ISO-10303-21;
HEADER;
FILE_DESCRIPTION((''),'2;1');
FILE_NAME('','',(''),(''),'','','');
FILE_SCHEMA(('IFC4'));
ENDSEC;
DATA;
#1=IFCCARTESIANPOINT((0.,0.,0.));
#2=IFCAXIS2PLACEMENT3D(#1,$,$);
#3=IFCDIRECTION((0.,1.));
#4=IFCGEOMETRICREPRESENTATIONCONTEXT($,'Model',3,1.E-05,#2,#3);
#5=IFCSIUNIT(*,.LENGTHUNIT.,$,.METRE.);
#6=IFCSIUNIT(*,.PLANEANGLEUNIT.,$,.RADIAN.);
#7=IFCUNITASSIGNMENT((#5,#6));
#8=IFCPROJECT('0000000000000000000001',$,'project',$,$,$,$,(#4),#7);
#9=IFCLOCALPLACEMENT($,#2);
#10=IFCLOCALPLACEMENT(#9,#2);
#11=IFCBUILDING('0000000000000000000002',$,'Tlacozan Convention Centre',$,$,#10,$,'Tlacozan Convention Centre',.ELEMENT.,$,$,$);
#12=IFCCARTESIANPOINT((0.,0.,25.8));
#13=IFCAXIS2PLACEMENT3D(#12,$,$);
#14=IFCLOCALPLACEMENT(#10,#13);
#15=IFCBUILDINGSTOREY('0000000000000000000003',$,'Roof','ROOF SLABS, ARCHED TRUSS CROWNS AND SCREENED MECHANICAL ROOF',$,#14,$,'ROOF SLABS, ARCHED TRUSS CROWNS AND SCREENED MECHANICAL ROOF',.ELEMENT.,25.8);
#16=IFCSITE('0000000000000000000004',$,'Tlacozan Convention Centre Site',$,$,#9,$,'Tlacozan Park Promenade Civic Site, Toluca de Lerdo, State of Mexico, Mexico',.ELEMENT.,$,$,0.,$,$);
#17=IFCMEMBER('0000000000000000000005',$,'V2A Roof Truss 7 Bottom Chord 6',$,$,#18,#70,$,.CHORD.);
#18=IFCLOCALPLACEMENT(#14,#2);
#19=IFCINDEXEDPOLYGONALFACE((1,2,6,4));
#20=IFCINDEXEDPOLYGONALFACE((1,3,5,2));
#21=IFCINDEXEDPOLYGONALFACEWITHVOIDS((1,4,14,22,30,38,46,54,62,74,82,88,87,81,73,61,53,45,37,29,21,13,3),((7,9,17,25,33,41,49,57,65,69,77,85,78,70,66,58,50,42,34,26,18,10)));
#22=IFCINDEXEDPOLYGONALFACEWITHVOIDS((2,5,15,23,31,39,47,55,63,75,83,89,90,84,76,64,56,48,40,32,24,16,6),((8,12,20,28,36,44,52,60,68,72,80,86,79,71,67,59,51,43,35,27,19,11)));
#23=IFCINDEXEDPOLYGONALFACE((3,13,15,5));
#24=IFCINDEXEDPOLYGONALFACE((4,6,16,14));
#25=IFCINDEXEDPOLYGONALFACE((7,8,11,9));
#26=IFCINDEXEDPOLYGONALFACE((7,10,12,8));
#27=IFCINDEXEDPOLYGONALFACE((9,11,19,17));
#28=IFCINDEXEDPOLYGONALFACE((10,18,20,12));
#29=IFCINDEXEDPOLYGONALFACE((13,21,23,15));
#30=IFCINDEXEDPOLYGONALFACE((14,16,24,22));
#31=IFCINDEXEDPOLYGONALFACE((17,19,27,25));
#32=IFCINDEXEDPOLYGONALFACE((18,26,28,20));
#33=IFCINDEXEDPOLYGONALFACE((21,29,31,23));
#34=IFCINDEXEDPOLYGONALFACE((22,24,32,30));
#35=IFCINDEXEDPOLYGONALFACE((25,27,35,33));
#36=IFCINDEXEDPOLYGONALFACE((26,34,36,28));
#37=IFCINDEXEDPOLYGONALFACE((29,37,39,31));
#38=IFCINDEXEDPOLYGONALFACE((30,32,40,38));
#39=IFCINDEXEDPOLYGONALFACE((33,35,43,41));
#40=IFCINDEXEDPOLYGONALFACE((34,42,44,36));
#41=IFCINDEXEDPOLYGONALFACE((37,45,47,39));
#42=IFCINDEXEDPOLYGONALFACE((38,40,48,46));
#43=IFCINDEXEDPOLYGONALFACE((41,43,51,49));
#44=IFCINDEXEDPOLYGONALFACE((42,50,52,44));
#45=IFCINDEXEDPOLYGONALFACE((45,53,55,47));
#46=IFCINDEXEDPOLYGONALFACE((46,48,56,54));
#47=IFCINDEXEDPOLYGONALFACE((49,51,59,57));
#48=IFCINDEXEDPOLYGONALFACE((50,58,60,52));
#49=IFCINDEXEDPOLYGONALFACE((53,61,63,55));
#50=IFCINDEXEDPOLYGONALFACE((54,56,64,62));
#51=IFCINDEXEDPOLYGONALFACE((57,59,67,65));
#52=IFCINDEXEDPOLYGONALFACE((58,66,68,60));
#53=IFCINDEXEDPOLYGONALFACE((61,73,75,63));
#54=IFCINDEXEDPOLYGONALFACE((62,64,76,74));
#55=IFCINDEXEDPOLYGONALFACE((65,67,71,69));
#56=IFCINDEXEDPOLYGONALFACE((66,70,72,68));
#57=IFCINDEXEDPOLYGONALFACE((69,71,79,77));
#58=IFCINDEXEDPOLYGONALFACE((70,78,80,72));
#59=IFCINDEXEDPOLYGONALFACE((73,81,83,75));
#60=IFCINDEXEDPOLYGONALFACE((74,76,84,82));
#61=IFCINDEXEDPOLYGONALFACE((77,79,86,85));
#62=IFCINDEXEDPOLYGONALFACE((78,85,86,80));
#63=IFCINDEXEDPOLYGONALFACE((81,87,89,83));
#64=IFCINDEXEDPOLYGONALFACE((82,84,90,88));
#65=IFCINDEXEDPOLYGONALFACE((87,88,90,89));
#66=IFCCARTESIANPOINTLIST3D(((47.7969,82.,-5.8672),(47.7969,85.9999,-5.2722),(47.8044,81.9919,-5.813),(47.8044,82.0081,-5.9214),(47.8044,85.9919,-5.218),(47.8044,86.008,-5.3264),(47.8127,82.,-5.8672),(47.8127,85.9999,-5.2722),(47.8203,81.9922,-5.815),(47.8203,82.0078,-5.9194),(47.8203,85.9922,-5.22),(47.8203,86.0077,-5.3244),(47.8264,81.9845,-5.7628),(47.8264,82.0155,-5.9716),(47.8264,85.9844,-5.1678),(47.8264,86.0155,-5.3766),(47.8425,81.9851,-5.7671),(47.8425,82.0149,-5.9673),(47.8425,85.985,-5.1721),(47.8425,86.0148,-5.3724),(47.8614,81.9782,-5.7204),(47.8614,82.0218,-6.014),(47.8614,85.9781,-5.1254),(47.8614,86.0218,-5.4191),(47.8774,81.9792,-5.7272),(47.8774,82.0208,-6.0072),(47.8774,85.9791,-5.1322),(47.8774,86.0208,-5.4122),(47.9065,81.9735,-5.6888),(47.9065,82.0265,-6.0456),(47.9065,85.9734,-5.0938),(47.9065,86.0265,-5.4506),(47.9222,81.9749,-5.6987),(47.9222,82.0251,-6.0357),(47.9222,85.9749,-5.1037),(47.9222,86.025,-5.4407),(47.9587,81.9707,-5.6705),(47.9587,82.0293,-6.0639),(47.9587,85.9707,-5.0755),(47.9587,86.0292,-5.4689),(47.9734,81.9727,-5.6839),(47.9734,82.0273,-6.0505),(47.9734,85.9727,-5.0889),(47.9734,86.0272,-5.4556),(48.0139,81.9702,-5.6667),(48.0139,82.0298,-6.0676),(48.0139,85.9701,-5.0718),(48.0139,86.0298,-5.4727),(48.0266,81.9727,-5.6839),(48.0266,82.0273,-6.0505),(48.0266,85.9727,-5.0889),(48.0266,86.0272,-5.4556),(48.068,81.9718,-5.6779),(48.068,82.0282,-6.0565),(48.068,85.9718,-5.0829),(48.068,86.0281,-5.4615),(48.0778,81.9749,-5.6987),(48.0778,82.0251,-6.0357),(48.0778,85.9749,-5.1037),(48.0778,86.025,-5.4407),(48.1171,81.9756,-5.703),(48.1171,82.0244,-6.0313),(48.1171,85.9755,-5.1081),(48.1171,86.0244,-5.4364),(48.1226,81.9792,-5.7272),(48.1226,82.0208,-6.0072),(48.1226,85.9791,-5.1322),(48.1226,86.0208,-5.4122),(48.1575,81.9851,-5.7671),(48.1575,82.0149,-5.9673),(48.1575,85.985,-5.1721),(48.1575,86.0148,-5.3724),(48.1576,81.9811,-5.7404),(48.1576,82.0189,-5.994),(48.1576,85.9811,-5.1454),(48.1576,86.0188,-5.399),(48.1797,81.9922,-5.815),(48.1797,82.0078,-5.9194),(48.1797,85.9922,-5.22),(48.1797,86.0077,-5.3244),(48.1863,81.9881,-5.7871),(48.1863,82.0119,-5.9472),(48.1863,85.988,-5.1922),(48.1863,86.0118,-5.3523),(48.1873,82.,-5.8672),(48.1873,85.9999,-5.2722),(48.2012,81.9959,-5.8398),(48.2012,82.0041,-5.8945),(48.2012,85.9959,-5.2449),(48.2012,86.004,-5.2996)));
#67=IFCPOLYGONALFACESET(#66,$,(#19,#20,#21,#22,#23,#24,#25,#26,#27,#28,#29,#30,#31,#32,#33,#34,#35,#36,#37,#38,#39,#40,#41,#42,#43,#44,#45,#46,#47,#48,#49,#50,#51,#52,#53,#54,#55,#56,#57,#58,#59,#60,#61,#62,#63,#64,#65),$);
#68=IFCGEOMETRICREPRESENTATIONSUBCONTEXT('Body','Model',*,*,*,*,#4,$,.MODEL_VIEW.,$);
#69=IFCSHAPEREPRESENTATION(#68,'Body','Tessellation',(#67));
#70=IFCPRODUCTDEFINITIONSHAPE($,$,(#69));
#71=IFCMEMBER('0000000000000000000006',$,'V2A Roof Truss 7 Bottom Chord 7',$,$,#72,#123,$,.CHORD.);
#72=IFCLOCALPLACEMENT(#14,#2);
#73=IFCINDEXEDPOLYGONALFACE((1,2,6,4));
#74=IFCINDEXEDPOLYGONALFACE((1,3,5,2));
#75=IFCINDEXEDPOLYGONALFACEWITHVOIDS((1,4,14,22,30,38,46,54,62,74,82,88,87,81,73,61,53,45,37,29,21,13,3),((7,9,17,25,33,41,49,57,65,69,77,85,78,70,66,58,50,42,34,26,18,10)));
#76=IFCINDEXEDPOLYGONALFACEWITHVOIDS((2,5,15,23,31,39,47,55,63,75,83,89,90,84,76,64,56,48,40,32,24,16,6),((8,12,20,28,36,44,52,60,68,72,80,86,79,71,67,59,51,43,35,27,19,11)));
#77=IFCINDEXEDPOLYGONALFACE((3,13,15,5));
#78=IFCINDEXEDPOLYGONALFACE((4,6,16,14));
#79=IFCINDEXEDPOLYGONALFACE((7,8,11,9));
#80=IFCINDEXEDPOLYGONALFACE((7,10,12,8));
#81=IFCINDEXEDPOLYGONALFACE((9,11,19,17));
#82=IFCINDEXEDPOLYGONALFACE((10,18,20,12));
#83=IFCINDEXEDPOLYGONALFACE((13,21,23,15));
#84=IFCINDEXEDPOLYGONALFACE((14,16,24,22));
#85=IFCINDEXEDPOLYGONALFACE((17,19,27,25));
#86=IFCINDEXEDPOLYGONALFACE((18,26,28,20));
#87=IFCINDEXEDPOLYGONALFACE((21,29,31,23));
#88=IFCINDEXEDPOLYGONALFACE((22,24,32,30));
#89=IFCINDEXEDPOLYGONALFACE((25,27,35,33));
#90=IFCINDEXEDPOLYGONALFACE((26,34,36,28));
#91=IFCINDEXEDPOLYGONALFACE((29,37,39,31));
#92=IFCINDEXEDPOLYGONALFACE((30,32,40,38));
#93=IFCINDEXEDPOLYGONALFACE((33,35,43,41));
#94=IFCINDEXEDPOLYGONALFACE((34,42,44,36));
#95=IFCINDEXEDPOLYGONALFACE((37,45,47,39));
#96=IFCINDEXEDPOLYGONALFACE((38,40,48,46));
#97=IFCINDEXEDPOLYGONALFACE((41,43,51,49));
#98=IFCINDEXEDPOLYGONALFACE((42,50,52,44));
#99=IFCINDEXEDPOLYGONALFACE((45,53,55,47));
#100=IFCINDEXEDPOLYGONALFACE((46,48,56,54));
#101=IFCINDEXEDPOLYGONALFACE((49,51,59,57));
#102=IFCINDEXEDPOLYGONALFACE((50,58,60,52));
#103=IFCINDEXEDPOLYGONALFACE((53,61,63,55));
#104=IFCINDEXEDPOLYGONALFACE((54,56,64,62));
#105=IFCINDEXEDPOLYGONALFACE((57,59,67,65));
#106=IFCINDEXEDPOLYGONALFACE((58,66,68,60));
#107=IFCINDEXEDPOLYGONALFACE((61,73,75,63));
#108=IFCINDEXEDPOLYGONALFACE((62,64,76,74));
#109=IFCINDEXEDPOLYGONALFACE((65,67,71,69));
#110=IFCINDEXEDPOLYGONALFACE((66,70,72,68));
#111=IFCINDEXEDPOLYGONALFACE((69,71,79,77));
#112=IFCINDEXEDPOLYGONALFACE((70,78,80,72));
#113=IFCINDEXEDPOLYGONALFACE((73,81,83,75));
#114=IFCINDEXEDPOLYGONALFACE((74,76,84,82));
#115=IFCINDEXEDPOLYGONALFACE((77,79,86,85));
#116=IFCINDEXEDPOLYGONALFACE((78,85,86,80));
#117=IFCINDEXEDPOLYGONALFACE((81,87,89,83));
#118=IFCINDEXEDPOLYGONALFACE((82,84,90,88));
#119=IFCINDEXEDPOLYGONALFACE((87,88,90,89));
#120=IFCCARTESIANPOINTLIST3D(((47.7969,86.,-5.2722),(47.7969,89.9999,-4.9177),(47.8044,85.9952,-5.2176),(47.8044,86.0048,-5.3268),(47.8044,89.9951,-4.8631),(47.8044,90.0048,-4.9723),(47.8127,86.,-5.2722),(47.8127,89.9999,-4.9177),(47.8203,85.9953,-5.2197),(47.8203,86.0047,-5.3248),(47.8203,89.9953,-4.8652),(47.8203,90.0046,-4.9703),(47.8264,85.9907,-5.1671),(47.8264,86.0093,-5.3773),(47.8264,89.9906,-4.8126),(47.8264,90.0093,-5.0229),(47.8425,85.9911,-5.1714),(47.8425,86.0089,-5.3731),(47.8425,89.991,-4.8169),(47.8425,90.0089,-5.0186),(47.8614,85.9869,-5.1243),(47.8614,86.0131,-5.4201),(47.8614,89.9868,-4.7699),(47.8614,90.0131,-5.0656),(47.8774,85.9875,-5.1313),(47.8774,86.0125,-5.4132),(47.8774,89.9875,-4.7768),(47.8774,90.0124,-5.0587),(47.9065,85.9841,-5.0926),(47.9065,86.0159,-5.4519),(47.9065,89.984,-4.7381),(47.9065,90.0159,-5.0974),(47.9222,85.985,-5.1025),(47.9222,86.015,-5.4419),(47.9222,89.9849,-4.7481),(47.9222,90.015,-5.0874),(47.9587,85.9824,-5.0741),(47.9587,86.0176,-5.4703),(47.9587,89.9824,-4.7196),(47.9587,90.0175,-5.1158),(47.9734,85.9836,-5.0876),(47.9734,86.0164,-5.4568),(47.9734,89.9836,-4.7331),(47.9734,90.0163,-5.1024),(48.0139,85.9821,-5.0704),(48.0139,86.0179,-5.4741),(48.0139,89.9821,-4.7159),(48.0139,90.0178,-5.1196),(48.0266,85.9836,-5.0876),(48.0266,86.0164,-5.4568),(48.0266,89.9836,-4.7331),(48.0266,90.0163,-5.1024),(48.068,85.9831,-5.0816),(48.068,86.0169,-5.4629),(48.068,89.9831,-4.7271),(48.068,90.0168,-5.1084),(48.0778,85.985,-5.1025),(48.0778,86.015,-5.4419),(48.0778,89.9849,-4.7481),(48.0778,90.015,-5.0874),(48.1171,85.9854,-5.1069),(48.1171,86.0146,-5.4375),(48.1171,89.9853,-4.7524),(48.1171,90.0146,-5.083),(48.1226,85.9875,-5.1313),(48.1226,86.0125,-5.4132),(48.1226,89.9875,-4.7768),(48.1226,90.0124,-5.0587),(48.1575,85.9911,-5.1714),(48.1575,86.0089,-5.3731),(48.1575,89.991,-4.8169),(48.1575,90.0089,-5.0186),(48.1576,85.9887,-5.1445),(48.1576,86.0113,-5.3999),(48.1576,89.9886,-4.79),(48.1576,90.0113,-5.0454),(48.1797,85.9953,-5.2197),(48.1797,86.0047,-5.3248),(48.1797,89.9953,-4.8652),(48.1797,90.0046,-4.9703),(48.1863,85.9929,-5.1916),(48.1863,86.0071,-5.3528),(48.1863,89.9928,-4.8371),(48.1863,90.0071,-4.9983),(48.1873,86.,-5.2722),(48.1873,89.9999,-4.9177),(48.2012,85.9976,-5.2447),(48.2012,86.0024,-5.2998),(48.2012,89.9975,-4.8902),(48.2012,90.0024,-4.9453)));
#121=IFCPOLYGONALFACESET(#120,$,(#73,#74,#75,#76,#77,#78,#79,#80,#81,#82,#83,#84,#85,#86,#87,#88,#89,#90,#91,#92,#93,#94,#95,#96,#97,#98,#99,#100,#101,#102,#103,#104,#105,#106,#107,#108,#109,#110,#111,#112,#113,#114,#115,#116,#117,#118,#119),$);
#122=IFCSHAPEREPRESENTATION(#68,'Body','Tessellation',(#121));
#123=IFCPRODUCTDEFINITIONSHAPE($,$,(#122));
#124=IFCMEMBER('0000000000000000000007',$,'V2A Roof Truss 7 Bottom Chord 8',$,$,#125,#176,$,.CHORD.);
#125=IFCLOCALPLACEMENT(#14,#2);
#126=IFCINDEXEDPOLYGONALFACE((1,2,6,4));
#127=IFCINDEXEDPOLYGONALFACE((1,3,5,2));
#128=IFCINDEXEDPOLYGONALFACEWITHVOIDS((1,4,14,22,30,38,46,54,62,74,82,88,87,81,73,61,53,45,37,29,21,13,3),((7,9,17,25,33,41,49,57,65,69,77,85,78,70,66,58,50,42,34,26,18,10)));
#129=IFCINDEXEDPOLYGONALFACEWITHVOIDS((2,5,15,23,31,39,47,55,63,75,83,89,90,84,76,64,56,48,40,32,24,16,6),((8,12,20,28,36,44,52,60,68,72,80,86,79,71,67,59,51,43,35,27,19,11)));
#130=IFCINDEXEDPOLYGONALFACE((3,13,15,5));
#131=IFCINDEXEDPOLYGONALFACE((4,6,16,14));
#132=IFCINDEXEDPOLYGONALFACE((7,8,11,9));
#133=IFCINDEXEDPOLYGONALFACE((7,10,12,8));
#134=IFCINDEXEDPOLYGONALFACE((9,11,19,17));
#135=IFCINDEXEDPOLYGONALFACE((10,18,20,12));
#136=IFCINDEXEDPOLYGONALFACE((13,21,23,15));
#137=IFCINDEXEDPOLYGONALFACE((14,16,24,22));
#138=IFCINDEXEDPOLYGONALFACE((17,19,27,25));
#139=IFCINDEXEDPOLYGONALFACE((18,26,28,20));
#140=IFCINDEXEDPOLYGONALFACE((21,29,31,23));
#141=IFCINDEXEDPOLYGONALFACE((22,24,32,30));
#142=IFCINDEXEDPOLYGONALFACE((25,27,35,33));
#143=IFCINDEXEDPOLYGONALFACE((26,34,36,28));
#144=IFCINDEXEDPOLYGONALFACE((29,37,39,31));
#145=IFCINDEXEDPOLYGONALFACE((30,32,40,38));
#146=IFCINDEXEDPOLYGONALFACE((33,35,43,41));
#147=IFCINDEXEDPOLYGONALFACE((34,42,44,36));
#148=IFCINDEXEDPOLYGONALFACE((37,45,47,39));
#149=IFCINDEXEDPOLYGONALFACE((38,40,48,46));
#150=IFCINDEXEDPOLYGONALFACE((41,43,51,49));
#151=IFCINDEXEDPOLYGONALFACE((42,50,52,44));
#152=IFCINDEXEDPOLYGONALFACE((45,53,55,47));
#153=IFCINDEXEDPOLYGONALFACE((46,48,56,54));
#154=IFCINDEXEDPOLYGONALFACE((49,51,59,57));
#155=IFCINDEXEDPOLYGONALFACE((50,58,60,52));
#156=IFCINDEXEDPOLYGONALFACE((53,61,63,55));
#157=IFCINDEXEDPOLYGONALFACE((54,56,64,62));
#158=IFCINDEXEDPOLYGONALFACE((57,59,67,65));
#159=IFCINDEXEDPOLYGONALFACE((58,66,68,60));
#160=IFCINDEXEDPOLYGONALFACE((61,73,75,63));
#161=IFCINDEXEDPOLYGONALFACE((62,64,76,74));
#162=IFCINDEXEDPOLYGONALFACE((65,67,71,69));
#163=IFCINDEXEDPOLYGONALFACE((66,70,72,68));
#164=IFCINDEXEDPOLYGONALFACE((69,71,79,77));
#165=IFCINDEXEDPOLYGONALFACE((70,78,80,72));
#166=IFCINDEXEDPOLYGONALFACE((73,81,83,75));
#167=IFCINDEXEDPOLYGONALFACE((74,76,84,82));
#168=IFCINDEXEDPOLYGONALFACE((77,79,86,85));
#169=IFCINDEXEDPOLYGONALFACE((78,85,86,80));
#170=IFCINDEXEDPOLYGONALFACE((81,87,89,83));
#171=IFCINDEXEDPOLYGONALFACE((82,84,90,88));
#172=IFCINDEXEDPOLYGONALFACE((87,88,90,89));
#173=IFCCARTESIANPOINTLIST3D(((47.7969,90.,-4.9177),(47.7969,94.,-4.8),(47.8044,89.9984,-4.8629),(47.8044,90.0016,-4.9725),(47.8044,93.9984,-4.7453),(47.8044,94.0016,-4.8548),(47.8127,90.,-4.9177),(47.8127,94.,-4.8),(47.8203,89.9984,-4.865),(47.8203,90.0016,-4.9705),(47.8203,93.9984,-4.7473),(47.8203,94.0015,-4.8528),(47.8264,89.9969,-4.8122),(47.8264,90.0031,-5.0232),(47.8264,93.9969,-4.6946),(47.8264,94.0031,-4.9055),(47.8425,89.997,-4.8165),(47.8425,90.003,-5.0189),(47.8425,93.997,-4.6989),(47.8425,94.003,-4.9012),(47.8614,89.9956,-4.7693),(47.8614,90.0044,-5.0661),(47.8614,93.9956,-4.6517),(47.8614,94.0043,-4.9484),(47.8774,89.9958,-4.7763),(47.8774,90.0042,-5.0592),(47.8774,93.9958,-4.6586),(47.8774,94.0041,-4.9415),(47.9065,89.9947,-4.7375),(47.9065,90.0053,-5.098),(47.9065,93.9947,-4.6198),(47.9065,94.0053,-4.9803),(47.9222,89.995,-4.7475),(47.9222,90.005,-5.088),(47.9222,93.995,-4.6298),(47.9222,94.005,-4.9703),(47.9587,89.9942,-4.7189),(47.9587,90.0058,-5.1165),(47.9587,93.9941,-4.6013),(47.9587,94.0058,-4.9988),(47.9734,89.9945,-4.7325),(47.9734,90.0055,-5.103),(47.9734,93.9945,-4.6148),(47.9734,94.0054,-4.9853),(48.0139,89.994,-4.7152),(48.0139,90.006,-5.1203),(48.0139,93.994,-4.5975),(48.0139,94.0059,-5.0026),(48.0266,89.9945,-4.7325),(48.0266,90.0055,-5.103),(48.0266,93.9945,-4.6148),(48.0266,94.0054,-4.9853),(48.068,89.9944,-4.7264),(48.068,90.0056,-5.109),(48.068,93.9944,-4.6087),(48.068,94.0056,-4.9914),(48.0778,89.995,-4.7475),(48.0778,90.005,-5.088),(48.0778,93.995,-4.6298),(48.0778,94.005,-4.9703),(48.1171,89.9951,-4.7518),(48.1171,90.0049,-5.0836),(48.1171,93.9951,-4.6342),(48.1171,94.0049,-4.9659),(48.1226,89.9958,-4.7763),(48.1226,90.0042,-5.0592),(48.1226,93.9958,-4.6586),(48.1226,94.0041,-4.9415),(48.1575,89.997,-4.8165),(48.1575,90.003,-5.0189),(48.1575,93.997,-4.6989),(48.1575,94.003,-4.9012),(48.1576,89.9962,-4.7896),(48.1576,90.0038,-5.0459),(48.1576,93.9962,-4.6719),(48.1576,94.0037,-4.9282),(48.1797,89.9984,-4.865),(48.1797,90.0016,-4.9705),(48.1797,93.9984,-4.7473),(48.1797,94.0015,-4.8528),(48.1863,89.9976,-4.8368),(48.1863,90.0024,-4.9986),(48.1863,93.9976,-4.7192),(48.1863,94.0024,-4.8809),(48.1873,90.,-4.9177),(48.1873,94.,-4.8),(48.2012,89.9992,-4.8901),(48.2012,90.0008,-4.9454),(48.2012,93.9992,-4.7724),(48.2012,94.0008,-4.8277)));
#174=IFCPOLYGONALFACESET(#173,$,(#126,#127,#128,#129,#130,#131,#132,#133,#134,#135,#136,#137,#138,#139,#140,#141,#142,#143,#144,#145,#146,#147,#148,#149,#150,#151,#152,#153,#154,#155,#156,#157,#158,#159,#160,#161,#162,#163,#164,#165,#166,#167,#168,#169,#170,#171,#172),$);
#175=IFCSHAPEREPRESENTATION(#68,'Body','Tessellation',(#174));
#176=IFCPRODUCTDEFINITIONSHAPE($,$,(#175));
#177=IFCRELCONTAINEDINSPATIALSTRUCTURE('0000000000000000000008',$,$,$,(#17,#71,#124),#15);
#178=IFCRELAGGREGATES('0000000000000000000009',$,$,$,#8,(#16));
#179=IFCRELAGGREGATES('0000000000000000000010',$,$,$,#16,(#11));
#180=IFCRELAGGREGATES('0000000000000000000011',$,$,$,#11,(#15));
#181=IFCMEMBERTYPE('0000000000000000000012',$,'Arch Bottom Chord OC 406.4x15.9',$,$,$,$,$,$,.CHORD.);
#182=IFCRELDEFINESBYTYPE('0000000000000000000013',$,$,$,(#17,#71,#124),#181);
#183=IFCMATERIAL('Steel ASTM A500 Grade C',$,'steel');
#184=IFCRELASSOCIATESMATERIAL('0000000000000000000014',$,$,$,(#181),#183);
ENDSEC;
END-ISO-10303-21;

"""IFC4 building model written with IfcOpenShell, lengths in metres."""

from ifc_helpers import new_model, si_unit, direction, frame, origin, origin_2d, place, context, subcontext, project, spatial, hollow_circle, extrude, material, material_profile, profile_set, type_object, element, save


model = new_model("IFC4")

# Units and contexts
model_context = context("Model", 3, precision=1e-05, world=origin(), true_north=direction((0.0, 1.0)))
body_context = subcontext(model_context, "Body", "Model", "MODEL_VIEW")
ifc_project = project(units=[si_unit("LENGTHUNIT", "METRE"), si_unit("PLANEANGLEUNIT", "RADIAN")], contexts=[model_context])

# Site, building, storey
site_placement = place(None, origin())
site = spatial("IfcSite", under=ifc_project, at=site_placement, Name="Tlacozan Convention Centre Site", LongName="Tlacozan Park Promenade Civic Site, Toluca de Lerdo, State of Mexico, Mexico", CompositionType="ELEMENT", RefElevation=0.0)
building_placement = place(site_placement, origin())
building = spatial("IfcBuilding", under=site, at=building_placement, Name="Tlacozan Convention Centre", LongName="Tlacozan Convention Centre", CompositionType="ELEMENT")
storey_placement = place(building_placement, frame((0.0, 0.0, 25.8)))
storey = spatial("IfcBuildingStorey", under=building, at=storey_placement, Name="Roof", Description="ROOF SLABS, ARCHED TRUSS CROWNS AND SCREENED MECHANICAL ROOF", LongName="ROOF SLABS, ARCHED TRUSS CROWNS AND SCREENED MECHANICAL ROOF", CompositionType="ELEMENT", Elevation=25.8)

# Members
ifc_material_1 = material(Name="Steel ASTM A500 Grade C", Category="steel")
ifc_material_profile_1 = material_profile(ifc_material_1, hollow_circle(Radius=0.2031, WallThickness=0.0159, at=origin_2d()), Name="OC 406.4x15.9")
ifc_profile_set_1 = profile_set([ifc_material_profile_1], Name="Steel ASTM A500 Grade C")
member_type_1 = type_object("IfcMemberType", Name="Arch Bottom Chord OC 406.4x15.9", PredefinedType="CHORD", material=ifc_profile_set_1)
member_1_placement = place(storey_placement, frame((48.0, 82.0, -5.8672), z_axis=(0.0, 0.989118, 0.147124), x_axis=(-1.0, 0.0, 0.0)))
element("IfcMember", 1, at=member_1_placement, inside=storey, type_object=member_type_1, Name="V2A Roof Truss 7 Bottom Chord 6", PredefinedType="CHORD", context=body_context, shape_type="SweptSolid", body=[
    extrude(hollow_circle(Radius=0.2031, WallThickness=0.0159, at=origin_2d()), origin(), (0.0, 0.0, 1.0), 4.0439),
])
member_2_placement = place(storey_placement, frame((48.0, 86.0, -5.2722), z_axis=(0.0, 0.996096, 0.088277), x_axis=(-1.0, 0.0, 0.0)))
element("IfcMember", 2, at=member_2_placement, inside=storey, type_object=member_type_1, Name="V2A Roof Truss 7 Bottom Chord 7", PredefinedType="CHORD", context=body_context, shape_type="SweptSolid", body=[
    extrude(hollow_circle(Radius=0.2031, WallThickness=0.0159, at=origin_2d()), origin(), (0.0, 0.0, 1.0), 4.0156),
])
member_3_placement = place(storey_placement, frame((48.0, 90.0, -4.9177), z_axis=(0.0, 0.999568, 0.029406), x_axis=(-1.0, 0.0, 0.0)))
element("IfcMember", 3, at=member_3_placement, inside=storey, type_object=member_type_1, Name="V2A Roof Truss 7 Bottom Chord 8", PredefinedType="CHORD", context=body_context, shape_type="SweptSolid", body=[
    extrude(hollow_circle(Radius=0.2031, WallThickness=0.0159, at=origin_2d()), origin(), (0.0, 0.0, 1.0), 4.0017),
])

save(model, "model.ifc")
